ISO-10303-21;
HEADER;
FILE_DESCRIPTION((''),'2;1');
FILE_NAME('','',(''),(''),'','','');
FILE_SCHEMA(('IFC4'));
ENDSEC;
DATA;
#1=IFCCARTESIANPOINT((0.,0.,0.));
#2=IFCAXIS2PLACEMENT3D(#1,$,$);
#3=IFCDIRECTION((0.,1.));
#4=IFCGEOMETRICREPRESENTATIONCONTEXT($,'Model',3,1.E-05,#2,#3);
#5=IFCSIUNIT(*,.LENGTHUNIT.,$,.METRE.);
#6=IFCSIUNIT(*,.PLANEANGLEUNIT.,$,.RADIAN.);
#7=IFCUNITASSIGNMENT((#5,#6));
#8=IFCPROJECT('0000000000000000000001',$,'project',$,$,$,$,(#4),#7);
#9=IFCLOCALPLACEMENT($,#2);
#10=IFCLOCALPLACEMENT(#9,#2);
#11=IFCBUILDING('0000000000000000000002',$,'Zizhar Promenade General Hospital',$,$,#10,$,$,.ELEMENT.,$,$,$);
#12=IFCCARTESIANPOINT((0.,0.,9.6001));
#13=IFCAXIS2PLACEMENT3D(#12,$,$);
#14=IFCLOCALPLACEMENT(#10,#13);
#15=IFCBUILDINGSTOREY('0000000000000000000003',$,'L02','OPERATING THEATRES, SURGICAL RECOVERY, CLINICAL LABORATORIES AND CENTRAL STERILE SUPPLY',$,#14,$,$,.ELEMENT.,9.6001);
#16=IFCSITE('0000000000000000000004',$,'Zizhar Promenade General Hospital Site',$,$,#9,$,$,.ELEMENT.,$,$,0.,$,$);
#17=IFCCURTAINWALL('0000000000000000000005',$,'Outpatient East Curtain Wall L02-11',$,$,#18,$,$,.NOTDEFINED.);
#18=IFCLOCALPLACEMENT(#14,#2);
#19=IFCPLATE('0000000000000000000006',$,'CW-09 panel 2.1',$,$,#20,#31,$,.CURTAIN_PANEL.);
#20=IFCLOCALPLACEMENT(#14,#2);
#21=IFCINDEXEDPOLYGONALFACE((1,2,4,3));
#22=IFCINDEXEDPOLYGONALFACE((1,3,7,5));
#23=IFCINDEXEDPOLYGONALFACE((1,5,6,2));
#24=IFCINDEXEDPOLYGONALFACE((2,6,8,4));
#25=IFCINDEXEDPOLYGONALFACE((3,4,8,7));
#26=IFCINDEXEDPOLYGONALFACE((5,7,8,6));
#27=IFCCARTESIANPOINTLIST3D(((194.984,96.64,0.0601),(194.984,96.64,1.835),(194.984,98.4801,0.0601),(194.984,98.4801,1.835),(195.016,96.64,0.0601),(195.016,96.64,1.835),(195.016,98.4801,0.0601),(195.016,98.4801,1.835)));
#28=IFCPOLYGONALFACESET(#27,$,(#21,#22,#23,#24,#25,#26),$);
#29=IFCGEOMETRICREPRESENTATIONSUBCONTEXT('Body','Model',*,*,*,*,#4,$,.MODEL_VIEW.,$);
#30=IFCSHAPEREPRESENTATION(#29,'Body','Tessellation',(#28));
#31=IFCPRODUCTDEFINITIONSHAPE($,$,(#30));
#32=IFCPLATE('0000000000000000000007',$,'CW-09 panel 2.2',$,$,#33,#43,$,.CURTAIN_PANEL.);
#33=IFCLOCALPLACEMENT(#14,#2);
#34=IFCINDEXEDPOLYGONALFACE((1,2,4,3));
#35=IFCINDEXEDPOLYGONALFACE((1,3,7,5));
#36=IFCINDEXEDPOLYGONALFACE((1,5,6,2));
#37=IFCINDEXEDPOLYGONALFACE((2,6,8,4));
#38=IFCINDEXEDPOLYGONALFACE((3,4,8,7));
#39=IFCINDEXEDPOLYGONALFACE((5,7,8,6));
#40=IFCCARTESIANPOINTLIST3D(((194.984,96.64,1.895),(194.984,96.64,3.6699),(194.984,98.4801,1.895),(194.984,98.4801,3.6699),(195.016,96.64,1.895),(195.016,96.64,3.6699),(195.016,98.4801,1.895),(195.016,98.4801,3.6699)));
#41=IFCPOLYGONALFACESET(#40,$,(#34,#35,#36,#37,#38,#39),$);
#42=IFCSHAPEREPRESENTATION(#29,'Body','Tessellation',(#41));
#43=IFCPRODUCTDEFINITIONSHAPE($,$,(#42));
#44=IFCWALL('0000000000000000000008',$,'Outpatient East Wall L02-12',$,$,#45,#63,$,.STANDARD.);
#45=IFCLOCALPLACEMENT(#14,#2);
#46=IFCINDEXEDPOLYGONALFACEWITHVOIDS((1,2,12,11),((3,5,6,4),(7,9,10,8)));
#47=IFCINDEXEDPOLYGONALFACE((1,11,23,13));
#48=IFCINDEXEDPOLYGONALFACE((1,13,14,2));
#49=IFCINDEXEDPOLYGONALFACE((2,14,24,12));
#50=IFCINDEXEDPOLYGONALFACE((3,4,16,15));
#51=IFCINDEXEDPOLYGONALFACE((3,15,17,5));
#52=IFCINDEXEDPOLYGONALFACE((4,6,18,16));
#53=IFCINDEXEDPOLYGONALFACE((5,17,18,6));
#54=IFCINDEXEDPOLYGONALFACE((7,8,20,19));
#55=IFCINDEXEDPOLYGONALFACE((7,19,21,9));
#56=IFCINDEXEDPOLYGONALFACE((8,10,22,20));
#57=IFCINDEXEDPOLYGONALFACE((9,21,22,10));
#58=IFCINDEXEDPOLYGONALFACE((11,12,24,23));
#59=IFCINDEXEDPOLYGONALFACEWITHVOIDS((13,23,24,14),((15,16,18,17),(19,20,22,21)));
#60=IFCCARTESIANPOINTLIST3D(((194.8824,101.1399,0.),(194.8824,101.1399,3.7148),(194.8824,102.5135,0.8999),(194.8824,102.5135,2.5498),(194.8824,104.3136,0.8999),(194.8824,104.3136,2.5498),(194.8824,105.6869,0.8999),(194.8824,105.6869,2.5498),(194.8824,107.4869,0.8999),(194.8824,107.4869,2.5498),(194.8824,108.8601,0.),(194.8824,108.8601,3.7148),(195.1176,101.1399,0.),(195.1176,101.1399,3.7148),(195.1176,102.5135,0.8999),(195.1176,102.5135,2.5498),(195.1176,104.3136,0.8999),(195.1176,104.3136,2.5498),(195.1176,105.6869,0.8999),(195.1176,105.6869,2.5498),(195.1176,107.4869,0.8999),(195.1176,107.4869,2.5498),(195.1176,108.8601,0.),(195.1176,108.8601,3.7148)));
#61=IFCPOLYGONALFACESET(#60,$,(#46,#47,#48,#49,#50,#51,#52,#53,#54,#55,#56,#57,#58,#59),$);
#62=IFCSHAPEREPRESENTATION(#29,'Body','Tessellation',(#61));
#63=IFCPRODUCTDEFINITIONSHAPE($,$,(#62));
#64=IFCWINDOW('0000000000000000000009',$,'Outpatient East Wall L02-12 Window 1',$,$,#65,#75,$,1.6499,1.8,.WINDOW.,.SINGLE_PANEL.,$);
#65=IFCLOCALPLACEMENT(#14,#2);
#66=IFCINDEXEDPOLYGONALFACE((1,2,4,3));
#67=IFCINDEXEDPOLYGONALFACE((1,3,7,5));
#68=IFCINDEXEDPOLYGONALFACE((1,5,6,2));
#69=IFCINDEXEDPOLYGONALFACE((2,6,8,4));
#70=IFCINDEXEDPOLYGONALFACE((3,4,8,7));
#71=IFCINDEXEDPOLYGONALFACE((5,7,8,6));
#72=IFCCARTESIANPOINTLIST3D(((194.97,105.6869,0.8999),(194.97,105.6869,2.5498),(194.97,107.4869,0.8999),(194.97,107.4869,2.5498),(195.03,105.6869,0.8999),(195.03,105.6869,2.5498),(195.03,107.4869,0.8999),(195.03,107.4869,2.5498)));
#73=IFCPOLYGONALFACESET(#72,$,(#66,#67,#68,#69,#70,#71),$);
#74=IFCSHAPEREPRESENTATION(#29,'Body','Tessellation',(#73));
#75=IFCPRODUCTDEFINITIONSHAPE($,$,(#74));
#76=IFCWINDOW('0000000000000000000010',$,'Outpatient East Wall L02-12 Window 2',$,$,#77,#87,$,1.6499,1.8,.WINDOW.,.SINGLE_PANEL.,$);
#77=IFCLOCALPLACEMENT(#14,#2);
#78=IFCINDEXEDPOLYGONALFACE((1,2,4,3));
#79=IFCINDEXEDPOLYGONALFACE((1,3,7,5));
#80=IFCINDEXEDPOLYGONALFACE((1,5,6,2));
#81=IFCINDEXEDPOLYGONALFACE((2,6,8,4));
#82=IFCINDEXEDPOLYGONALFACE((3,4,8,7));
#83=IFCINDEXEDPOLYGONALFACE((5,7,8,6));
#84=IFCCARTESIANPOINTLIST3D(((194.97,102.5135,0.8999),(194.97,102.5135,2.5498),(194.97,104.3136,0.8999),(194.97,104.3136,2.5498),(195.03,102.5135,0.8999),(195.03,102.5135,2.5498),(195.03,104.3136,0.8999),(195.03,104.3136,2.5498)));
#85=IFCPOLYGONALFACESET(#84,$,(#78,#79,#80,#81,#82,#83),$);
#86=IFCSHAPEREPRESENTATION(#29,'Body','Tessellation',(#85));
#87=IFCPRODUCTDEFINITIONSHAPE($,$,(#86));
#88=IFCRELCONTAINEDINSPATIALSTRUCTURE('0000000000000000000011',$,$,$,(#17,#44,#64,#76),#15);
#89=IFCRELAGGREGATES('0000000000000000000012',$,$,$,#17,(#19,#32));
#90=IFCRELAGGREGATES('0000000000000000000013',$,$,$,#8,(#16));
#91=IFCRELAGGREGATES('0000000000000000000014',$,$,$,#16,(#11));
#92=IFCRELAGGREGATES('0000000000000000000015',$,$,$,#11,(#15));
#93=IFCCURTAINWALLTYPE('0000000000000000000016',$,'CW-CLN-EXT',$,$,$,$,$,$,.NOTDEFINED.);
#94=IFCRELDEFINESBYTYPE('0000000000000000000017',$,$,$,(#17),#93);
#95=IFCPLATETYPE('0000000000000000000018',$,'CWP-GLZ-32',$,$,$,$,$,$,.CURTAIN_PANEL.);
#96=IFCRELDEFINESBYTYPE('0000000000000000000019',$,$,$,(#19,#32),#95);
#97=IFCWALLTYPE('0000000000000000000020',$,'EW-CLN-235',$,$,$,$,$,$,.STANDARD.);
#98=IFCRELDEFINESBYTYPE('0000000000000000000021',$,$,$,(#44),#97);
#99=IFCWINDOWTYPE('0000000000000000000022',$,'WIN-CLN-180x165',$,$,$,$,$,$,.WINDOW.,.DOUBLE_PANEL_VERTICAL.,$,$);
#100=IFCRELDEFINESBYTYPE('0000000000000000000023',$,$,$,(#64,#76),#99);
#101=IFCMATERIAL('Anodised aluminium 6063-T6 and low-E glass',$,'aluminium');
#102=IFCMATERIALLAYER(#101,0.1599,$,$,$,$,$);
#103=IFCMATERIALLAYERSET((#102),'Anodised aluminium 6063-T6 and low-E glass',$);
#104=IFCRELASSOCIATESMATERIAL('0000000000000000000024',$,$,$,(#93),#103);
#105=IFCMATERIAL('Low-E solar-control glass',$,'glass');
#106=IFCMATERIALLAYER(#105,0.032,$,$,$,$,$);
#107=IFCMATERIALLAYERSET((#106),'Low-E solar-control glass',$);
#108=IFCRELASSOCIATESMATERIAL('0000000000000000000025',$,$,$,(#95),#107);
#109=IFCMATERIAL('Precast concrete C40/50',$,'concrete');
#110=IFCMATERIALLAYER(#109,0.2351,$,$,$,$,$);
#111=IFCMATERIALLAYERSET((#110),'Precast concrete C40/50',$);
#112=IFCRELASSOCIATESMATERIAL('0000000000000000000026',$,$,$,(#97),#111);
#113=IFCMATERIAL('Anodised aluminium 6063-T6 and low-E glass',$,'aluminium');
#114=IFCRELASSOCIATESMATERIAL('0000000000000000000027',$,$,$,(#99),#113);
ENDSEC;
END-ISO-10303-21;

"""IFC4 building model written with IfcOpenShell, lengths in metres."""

from ifc_helpers import new_model, si_unit, direction, frame, frame_2d, origin, origin_2d, place, context, subcontext, project, spatial, rectangle, extrude, material, layer, layer_set, type_object, element, fill, aggregate, save


model = new_model("IFC4")

# Units and contexts
model_context = context("Model", 3, precision=1e-05, world=origin(), true_north=direction((0.0, 1.0)))
body_context = subcontext(model_context, "Body", "Model", "MODEL_VIEW")
ifc_project = project(units=[si_unit("LENGTHUNIT", "METRE"), si_unit("PLANEANGLEUNIT", "RADIAN")], contexts=[model_context])

# Site, building, storey
site_placement = place(None, origin())
site = spatial("IfcSite", under=ifc_project, at=site_placement, Name="Zizhar Promenade General Hospital Site", CompositionType="ELEMENT", RefElevation=0.0)
building_placement = place(site_placement, origin())
building = spatial("IfcBuilding", under=site, at=building_placement, Name="Zizhar Promenade General Hospital", CompositionType="ELEMENT")
storey_placement = place(building_placement, frame((0.0, 0.0, 9.6001)))
storey = spatial("IfcBuildingStorey", under=building, at=storey_placement, Name="L02", Description="OPERATING THEATRES, SURGICAL RECOVERY, CLINICAL LABORATORIES AND CENTRAL STERILE SUPPLY", CompositionType="ELEMENT", Elevation=9.6001)

# Curtain wall
ifc_material_1 = material(Name="Anodised aluminium 6063-T6 and low-E glass", Category="aluminium")
ifc_layer_1 = layer(ifc_material_1, 0.1599)
ifc_layer_set_1 = layer_set([ifc_layer_1], Name="Anodised aluminium 6063-T6 and low-E glass")
curtain_wall_type = type_object("IfcCurtainWallType", Name="CW-CLN-EXT", PredefinedType="NOTDEFINED", material=ifc_layer_set_1)
curtain_wall_1_placement = place(storey_placement, origin())
curtain_wall_1 = element("IfcCurtainWall", 1, at=curtain_wall_1_placement, inside=storey, type_object=curtain_wall_type, Name="Outpatient East Curtain Wall L02-11", PredefinedType="NOTDEFINED")

# Plates
ifc_material_2 = material(Name="Low-E solar-control glass", Category="glass")
ifc_layer_2 = layer(ifc_material_2, 0.032)
ifc_layer_set_2 = layer_set([ifc_layer_2], Name="Low-E solar-control glass")
plate_type = type_object("IfcPlateType", Name="CWP-GLZ-32", PredefinedType="CURTAIN_PANEL", material=ifc_layer_set_2)
plate_1_placement = place(storey_placement, frame((195.0, 97.5601, 0.0601), z_axis=(0.0, 0.0, 1.0), x_axis=(0.0, -1.0, 0.0)))
plate_1 = element("IfcPlate", 2, at=plate_1_placement, type_object=plate_type, Name="CW-09 panel 2.1", PredefinedType="CURTAIN_PANEL", context=body_context, shape_type="SweptSolid", body=[
    extrude(rectangle(XDim=1.8401, YDim=0.032, at=origin_2d()), origin(), (0.0, 0.0, 1.0), 1.7749),
])
plate_2_placement = place(storey_placement, frame((195.0, 97.5601, 1.895), z_axis=(0.0, 0.0, 1.0), x_axis=(0.0, -1.0, 0.0)))
plate_2 = element("IfcPlate", 3, at=plate_2_placement, type_object=plate_type, Name="CW-09 panel 2.2", PredefinedType="CURTAIN_PANEL", context=body_context, shape_type="SweptSolid", body=[
    extrude(rectangle(XDim=1.8401, YDim=0.032, at=origin_2d()), origin(), (0.0, 0.0, 1.0), 1.7749),
])
aggregate(curtain_wall_1, [plate_1, plate_2])

# Wall, openings, windows
ifc_material_3 = material(Name="Precast concrete C40/50", Category="concrete")
ifc_layer_3 = layer(ifc_material_3, 0.2351)
ifc_layer_set_3 = layer_set([ifc_layer_3], Name="Precast concrete C40/50")
wall_type = type_object("IfcWallType", Name="EW-CLN-235", PredefinedType="STANDARD", material=ifc_layer_set_3)
wall_placement = place(storey_placement, frame((195.0, 108.8601, 0.0), z_axis=(0.0, 0.0, 1.0), x_axis=(0.0, -1.0, 0.0)))
wall = element("IfcWall", 4, at=wall_placement, inside=storey, type_object=wall_type, Name="Outpatient East Wall L02-12", PredefinedType="STANDARD", context=body_context, shape_type="SweptSolid", body=[
    extrude(rectangle(XDim=7.7202, YDim=0.2351, at=frame_2d((3.8601, 0.0))), origin(), (0.0, 0.0, 1.0), 3.7148),
])
opening_1_placement = place(wall_placement, frame((1.3733, 0.0, 0.8999)))
opening_1 = element("IfcOpeningElement", 5, at=opening_1_placement, cuts=wall, PredefinedType="OPENING", context=body_context, shape_type="SweptSolid", body=[
    extrude(rectangle(XDim=1.8, YDim=1.6499, at=frame_2d((0.8999, 0.825))), frame((0.0, 0.1274, 0.0), z_axis=(0.0, -1.0, 0.0), x_axis=(1.0, 0.0, 0.0)), (0.0, 0.0, 1.0), 0.2551),
])
opening_2_placement = place(wall_placement, frame((4.5466, 0.0, 0.8999)))
opening_2 = element("IfcOpeningElement", 6, at=opening_2_placement, cuts=wall, PredefinedType="OPENING", context=body_context, shape_type="SweptSolid", body=[
    extrude(rectangle(XDim=1.8, YDim=1.6499, at=frame_2d((0.8999, 0.825))), frame((0.0, 0.1274, 0.0), z_axis=(0.0, -1.0, 0.0), x_axis=(1.0, 0.0, 0.0)), (0.0, 0.0, 1.0), 0.2551),
])
ifc_material_4 = material(Name="Anodised aluminium 6063-T6 and low-E glass", Category="aluminium")
window_type = type_object("IfcWindowType", Name="WIN-CLN-180x165", PartitioningType="DOUBLE_PANEL_VERTICAL", PredefinedType="WINDOW", material=ifc_material_4)
window_1_placement = place(opening_1_placement, origin())
window_1 = element("IfcWindow", 7, at=window_1_placement, inside=storey, type_object=window_type, Name="Outpatient East Wall L02-12 Window 1", OverallHeight=1.6499, OverallWidth=1.8, PartitioningType="SINGLE_PANEL", PredefinedType="WINDOW", context=body_context, shape_type="SweptSolid", body=[
    extrude(rectangle(XDim=1.8, YDim=1.6499, at=frame_2d((0.8999, 0.825))), frame((0.0, 0.03, 0.0), z_axis=(0.0, -1.0, 0.0), x_axis=(1.0, 0.0, 0.0)), (0.0, 0.0, 1.0), 0.0601),
])
fill(opening_1, window_1)
window_2_placement = place(opening_2_placement, origin())
window_2 = element("IfcWindow", 8, at=window_2_placement, inside=storey, type_object=window_type, Name="Outpatient East Wall L02-12 Window 2", OverallHeight=1.6499, OverallWidth=1.8, PartitioningType="SINGLE_PANEL", PredefinedType="WINDOW", context=body_context, shape_type="SweptSolid", body=[
    extrude(rectangle(XDim=1.8, YDim=1.6499, at=frame_2d((0.8999, 0.825))), frame((0.0, 0.03, 0.0), z_axis=(0.0, -1.0, 0.0), x_axis=(1.0, 0.0, 0.0)), (0.0, 0.0, 1.0), 0.0601),
])
fill(opening_2, window_2)

save(model, "model.ifc")
